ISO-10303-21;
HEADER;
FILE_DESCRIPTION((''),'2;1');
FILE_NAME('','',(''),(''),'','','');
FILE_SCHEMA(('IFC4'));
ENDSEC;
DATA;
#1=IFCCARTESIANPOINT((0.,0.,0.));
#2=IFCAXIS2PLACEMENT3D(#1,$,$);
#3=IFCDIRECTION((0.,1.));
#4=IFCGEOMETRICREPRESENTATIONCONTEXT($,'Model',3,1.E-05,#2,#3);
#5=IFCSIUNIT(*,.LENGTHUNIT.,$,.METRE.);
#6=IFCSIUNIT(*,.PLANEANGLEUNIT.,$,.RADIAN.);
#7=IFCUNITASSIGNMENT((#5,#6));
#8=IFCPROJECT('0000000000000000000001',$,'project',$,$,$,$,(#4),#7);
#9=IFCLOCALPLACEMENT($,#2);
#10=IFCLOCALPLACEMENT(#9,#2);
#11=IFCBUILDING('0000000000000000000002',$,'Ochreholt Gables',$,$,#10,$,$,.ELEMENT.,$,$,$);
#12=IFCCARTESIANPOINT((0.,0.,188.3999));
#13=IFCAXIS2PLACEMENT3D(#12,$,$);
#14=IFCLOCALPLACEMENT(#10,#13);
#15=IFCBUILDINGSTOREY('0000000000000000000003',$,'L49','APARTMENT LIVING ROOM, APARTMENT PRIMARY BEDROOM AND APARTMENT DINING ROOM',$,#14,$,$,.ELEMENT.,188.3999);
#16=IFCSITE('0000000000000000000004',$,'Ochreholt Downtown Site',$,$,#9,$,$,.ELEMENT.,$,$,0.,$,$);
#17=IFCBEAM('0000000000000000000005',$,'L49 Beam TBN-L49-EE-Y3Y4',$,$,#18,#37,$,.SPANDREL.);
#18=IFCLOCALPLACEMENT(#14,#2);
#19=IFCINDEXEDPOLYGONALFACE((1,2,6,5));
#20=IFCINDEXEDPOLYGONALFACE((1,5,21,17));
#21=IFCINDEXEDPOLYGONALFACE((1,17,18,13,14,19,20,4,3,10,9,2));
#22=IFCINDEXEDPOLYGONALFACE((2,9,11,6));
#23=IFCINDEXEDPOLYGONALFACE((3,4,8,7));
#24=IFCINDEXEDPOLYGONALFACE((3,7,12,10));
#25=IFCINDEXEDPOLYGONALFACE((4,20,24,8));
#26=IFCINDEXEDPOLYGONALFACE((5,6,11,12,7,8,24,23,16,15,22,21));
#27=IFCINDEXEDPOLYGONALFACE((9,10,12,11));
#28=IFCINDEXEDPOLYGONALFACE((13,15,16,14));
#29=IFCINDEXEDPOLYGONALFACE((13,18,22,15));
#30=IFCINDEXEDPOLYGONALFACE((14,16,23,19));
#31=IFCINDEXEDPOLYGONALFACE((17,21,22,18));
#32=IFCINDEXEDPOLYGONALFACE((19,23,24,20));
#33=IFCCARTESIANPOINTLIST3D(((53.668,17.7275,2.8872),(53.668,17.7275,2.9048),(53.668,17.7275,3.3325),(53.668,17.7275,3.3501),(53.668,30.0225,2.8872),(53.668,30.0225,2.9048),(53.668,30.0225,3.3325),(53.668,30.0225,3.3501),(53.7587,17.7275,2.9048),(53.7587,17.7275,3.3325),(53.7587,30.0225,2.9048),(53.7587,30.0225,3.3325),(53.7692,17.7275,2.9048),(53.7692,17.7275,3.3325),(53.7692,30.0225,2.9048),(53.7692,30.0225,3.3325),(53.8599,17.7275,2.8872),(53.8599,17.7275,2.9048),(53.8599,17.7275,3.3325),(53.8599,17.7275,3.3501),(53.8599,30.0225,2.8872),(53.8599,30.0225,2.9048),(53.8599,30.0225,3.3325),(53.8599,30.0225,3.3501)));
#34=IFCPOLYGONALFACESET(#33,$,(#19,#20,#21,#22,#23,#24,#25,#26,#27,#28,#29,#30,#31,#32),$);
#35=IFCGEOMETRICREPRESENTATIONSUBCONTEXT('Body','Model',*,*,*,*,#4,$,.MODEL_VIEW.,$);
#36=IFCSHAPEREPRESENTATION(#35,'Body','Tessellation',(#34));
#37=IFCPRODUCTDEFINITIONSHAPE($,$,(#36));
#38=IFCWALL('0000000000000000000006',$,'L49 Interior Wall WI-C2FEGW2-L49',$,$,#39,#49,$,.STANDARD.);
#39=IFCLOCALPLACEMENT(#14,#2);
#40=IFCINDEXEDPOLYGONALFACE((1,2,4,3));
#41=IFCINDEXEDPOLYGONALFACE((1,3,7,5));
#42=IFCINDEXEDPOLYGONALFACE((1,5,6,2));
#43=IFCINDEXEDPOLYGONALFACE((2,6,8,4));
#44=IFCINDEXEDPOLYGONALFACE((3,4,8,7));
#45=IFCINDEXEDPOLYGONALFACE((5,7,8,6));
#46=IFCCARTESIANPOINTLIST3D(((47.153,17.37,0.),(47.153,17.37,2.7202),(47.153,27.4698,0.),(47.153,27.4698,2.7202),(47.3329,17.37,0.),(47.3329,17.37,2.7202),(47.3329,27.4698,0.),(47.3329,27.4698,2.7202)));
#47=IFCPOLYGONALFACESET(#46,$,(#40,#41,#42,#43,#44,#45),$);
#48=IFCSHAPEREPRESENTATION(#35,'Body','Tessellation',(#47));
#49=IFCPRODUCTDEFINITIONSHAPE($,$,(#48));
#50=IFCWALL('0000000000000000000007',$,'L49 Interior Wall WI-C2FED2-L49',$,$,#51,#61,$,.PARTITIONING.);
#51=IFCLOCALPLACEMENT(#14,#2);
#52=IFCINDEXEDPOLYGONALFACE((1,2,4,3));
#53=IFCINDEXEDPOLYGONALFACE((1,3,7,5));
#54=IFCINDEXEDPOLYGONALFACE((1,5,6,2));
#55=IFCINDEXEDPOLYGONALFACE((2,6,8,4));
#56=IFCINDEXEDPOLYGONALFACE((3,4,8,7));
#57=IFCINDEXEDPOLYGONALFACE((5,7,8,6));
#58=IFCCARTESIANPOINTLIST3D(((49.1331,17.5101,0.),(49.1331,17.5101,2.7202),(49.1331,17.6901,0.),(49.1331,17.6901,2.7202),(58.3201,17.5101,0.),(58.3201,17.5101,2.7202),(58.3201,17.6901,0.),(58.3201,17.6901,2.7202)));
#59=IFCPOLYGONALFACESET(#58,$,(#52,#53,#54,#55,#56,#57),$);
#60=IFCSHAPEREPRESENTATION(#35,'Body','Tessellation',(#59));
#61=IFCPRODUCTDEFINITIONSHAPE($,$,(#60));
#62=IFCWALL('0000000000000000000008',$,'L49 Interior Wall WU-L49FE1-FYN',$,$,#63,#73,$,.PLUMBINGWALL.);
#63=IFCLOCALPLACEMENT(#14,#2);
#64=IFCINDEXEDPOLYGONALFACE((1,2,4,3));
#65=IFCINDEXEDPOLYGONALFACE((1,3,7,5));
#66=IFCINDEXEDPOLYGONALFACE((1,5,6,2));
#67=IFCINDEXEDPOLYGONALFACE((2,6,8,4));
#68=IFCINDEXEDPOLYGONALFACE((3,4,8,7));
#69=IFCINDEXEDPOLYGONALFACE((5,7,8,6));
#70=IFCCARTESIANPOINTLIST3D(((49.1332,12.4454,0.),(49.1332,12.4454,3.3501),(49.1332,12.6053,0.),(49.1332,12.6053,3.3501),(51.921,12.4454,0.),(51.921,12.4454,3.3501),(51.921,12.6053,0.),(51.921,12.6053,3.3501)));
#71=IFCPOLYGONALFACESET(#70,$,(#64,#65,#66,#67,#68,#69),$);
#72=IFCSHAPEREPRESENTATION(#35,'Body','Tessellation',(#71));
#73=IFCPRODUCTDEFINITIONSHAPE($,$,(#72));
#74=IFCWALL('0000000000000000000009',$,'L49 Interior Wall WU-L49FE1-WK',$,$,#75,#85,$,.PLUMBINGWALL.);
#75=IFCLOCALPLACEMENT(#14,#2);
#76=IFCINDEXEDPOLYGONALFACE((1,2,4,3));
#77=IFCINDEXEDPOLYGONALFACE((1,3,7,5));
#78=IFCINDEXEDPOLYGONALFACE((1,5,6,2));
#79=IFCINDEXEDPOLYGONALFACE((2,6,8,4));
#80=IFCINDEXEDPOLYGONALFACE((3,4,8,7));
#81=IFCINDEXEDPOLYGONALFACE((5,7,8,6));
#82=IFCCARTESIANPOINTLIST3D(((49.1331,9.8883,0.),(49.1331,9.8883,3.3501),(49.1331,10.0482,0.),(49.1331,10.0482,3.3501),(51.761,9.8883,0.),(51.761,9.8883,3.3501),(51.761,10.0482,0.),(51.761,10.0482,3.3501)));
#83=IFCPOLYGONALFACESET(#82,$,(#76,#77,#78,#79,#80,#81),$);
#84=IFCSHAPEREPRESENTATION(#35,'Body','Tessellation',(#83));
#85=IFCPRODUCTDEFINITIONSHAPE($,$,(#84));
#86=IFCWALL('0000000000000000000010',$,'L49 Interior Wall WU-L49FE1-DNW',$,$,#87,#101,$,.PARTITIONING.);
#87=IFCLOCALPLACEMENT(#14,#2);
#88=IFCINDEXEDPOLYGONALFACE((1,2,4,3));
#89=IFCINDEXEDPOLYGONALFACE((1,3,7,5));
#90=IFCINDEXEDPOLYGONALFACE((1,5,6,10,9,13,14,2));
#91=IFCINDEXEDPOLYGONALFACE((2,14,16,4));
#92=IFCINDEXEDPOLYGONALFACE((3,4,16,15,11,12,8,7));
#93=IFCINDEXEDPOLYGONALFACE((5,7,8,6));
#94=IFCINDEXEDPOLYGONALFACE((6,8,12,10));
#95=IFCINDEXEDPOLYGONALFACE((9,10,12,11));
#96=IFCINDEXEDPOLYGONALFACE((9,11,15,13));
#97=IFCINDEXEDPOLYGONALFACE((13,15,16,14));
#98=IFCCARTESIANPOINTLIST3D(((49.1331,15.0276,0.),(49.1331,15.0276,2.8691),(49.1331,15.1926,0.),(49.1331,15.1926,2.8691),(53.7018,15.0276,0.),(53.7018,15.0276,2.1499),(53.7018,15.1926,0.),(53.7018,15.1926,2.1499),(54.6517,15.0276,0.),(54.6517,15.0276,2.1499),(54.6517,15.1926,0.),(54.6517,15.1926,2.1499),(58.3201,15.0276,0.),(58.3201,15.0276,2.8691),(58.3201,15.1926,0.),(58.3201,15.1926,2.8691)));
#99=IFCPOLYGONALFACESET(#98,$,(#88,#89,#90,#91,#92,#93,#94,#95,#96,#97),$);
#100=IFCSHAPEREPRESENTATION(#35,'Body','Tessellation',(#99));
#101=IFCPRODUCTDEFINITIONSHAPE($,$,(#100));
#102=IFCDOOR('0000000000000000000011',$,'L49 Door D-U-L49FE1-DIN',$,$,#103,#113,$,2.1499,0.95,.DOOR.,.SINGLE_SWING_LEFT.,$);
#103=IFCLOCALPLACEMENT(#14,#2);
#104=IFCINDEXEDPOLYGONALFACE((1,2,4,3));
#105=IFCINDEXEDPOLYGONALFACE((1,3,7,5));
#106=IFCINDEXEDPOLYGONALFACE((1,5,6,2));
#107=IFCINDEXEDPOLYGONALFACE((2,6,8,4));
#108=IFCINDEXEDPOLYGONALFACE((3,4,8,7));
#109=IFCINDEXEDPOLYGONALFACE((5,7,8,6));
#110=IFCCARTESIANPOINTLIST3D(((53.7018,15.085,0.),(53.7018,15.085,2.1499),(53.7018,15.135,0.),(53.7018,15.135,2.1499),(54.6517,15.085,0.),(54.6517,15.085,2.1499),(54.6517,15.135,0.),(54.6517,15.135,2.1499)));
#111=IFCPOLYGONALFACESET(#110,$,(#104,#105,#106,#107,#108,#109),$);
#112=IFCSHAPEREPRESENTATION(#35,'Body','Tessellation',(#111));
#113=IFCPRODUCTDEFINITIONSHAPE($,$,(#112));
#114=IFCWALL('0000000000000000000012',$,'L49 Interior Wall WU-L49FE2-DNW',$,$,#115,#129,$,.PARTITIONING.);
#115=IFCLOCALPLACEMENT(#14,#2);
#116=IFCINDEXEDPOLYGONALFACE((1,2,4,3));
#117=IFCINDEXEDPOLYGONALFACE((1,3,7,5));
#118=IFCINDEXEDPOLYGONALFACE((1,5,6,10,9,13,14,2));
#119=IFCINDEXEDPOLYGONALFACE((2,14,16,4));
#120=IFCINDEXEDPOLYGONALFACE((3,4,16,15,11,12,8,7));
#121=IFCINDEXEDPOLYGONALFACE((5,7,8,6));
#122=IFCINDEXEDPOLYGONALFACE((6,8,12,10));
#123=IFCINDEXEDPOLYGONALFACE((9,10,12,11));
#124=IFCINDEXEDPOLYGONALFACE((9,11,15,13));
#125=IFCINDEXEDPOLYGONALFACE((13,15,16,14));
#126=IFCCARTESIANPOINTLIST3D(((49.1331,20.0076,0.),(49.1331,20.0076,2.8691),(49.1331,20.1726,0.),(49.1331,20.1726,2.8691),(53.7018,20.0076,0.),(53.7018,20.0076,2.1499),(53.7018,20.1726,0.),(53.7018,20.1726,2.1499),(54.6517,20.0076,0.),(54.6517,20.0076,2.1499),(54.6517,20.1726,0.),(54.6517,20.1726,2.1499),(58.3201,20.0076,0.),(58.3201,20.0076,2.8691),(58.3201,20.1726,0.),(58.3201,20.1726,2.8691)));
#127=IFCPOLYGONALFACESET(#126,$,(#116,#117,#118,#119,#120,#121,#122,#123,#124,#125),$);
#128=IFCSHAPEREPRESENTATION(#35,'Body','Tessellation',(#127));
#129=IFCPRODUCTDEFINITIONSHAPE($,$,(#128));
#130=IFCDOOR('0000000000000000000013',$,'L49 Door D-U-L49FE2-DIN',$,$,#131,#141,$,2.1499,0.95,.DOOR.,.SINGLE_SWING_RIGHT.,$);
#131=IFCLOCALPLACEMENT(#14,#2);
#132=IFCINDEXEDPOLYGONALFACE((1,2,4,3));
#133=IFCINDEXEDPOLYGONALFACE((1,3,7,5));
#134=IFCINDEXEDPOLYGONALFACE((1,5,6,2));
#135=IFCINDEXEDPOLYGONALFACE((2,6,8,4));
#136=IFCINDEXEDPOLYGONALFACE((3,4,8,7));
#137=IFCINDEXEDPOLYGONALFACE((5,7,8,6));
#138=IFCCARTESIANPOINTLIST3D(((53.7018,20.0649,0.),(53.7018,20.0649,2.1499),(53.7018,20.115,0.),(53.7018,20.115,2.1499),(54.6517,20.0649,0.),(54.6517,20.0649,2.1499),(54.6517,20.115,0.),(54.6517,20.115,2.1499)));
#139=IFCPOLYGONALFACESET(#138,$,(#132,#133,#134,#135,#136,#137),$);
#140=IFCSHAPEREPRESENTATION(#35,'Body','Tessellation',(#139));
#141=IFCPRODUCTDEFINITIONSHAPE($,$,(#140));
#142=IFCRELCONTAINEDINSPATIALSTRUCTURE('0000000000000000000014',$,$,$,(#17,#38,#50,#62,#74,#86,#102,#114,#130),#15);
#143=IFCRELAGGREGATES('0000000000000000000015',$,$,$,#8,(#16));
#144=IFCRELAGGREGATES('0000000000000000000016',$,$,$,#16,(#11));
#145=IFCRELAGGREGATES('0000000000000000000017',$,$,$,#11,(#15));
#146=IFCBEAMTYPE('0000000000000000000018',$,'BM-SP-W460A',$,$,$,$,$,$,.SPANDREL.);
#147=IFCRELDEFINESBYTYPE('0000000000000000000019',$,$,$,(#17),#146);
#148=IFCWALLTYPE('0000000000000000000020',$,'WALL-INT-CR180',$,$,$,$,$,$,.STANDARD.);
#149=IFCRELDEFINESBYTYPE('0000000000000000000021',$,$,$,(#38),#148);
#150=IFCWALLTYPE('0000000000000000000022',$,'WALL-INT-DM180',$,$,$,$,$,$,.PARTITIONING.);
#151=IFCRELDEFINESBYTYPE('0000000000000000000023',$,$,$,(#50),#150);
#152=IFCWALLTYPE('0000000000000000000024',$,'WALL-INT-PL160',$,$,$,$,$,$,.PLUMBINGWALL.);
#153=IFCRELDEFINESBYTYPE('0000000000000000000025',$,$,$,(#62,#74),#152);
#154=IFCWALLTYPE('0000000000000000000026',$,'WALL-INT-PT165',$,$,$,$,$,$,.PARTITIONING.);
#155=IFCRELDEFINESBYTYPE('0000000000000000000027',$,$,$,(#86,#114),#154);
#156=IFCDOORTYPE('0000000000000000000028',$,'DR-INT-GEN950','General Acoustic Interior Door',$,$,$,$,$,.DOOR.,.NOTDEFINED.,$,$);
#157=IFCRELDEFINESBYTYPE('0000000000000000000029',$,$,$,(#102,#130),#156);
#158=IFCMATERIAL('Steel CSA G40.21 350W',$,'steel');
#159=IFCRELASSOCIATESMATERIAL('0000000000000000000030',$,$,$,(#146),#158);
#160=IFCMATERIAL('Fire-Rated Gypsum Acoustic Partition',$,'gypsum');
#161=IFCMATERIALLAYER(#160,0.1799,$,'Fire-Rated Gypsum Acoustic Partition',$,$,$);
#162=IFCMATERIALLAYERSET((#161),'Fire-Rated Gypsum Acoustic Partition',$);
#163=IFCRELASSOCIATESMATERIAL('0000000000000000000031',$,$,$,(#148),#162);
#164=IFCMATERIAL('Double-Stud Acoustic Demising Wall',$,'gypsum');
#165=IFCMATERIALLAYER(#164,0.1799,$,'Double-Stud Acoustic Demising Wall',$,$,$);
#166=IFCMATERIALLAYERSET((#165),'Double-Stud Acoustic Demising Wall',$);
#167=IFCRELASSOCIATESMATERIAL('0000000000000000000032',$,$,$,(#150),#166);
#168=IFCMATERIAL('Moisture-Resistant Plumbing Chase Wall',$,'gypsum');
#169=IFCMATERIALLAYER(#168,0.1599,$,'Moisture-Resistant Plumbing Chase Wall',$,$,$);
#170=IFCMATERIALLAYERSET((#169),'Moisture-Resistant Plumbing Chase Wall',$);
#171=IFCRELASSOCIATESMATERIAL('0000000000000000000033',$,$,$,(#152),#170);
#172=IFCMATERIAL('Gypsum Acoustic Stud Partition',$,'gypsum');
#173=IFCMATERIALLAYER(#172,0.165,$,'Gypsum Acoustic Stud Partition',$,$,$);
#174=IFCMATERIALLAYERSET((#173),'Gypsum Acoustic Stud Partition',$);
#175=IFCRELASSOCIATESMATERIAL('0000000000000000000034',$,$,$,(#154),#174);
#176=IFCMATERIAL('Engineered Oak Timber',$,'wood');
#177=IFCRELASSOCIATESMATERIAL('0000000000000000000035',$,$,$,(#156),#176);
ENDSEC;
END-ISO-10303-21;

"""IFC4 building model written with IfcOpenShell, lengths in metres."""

from ifc_helpers import new_model, si_unit, direction, frame, frame_2d, origin, origin_2d, place, context, subcontext, project, spatial, rectangle, i_section, extrude, material, layer, layer_set, material_profile, profile_set, type_object, element, fill, save


model = new_model("IFC4")

# Units and contexts
model_context = context("Model", 3, precision=1e-05, world=origin(), true_north=direction((0.0, 1.0)))
body_context = subcontext(model_context, "Body", "Model", "MODEL_VIEW")
ifc_project = project(units=[si_unit("LENGTHUNIT", "METRE"), si_unit("PLANEANGLEUNIT", "RADIAN")], contexts=[model_context])

# Site, building, storey
site_placement = place(None, origin())
site = spatial("IfcSite", under=ifc_project, at=site_placement, Name="Ochreholt Downtown Site", CompositionType="ELEMENT", RefElevation=0.0)
building_placement = place(site_placement, origin())
building = spatial("IfcBuilding", under=site, at=building_placement, Name="Ochreholt Gables", CompositionType="ELEMENT")
storey_placement = place(building_placement, frame((0.0, 0.0, 188.3999)))
storey = spatial("IfcBuildingStorey", under=building, at=storey_placement, Name="L49", Description="APARTMENT LIVING ROOM, APARTMENT PRIMARY BEDROOM AND APARTMENT DINING ROOM", CompositionType="ELEMENT", Elevation=188.3999)

# Shared definitions
ifc_material_1 = material(Name="Steel CSA G40.21 350W", Category="steel")

# Beam
ifc_material_profile_1 = material_profile(ifc_material_1, i_section(OverallWidth=0.1919, OverallDepth=0.4629, WebThickness=0.0105, FlangeThickness=0.0176, at=origin_2d()), Name="W460X89")
ifc_profile_set_1 = profile_set([ifc_material_profile_1], Name="Steel CSA G40.21 350W")
beam_type_1 = type_object("IfcBeamType", Name="BM-SP-W460A", PredefinedType="SPANDREL", material=ifc_profile_set_1)
beam_1_placement = place(storey_placement, frame((53.7639, 17.7275, 3.1187), z_axis=(0.0, 1.0, 0.0), x_axis=(-1.0, 0.0, 0.0)))
element("IfcBeam", 1, at=beam_1_placement, inside=storey, type_object=beam_type_1, Name="L49 Beam TBN-L49-EE-Y3Y4", PredefinedType="SPANDREL", context=body_context, shape_type="SweptSolid", body=[
    extrude(i_section(OverallWidth=0.1919, OverallDepth=0.4629, WebThickness=0.0105, FlangeThickness=0.0176, at=origin_2d()), origin(), (0.0, 0.0, 1.0), 12.2949),
])

# Walls
ifc_material_2 = material(Name="Fire-Rated Gypsum Acoustic Partition", Category="gypsum")
ifc_layer_1 = layer(ifc_material_2, 0.1799, Name="Fire-Rated Gypsum Acoustic Partition")
ifc_layer_set_1 = layer_set([ifc_layer_1], Name="Fire-Rated Gypsum Acoustic Partition")
wall_type_1 = type_object("IfcWallType", Name="WALL-INT-CR180", PredefinedType="STANDARD", material=ifc_layer_set_1)
wall_1_placement = place(storey_placement, frame((47.2429, 17.3701, 0.0), z_axis=(0.0, 0.0, 1.0), x_axis=(0.0, 1.0, 0.0)))
element("IfcWall", 2, at=wall_1_placement, inside=storey, type_object=wall_type_1, Name="L49 Interior Wall WI-C2FEGW2-L49", PredefinedType="STANDARD", context=body_context, shape_type="SweptSolid", body=[
    extrude(rectangle(XDim=10.0999, YDim=0.1799, at=frame_2d((5.0498, 0.0))), origin(), (0.0, 0.0, 1.0), 2.7202),
])
ifc_material_3 = material(Name="Double-Stud Acoustic Demising Wall", Category="gypsum")
ifc_layer_2 = layer(ifc_material_3, 0.1799, Name="Double-Stud Acoustic Demising Wall")
ifc_layer_set_2 = layer_set([ifc_layer_2], Name="Double-Stud Acoustic Demising Wall")
wall_type_2 = type_object("IfcWallType", Name="WALL-INT-DM180", PredefinedType="PARTITIONING", material=ifc_layer_set_2)
wall_2_placement = place(storey_placement, frame((49.1331, 17.6001, 0.0), z_axis=(0.0, 0.0, 1.0), x_axis=(1.0, 0.0, 0.0)))
element("IfcWall", 3, at=wall_2_placement, inside=storey, type_object=wall_type_2, Name="L49 Interior Wall WI-C2FED2-L49", PredefinedType="PARTITIONING", context=body_context, shape_type="SweptSolid", body=[
    extrude(rectangle(XDim=9.187, YDim=0.1799, at=frame_2d((4.5935, 0.0))), origin(), (0.0, 0.0, 1.0), 2.7202),
])
ifc_material_4 = material(Name="Moisture-Resistant Plumbing Chase Wall", Category="gypsum")
ifc_layer_3 = layer(ifc_material_4, 0.1599, Name="Moisture-Resistant Plumbing Chase Wall")
ifc_layer_set_3 = layer_set([ifc_layer_3], Name="Moisture-Resistant Plumbing Chase Wall")
wall_type_3 = type_object("IfcWallType", Name="WALL-INT-PL160", PredefinedType="PLUMBINGWALL", material=ifc_layer_set_3)
wall_3_placement = place(storey_placement, frame((49.1331, 12.5254, 0.0), z_axis=(0.0, 0.0, 1.0), x_axis=(1.0, 0.0, 0.0)))
element("IfcWall", 4, at=wall_3_placement, inside=storey, type_object=wall_type_3, Name="L49 Interior Wall WU-L49FE1-FYN", PredefinedType="PLUMBINGWALL", context=body_context, shape_type="SweptSolid", body=[
    extrude(rectangle(XDim=2.7878, YDim=0.1599, at=frame_2d((1.394, 0.0))), origin(), (0.0, 0.0, 1.0), 3.3501),
])
wall_4_placement = place(storey_placement, frame((49.1331, 9.9683, 0.0), z_axis=(0.0, 0.0, 1.0), x_axis=(1.0, 0.0, 0.0)))
element("IfcWall", 5, at=wall_4_placement, inside=storey, type_object=wall_type_3, Name="L49 Interior Wall WU-L49FE1-WK", PredefinedType="PLUMBINGWALL", context=body_context, shape_type="SweptSolid", body=[
    extrude(rectangle(XDim=2.6279, YDim=0.1599, at=frame_2d((1.314, 0.0))), origin(), (0.0, 0.0, 1.0), 3.3501),
])

# Walls, openings, doors
ifc_material_5 = material(Name="Gypsum Acoustic Stud Partition", Category="gypsum")
ifc_layer_4 = layer(ifc_material_5, 0.165, Name="Gypsum Acoustic Stud Partition")
ifc_layer_set_4 = layer_set([ifc_layer_4], Name="Gypsum Acoustic Stud Partition")
wall_type_4 = type_object("IfcWallType", Name="WALL-INT-PT165", PredefinedType="PARTITIONING", material=ifc_layer_set_4)
wall_5_placement = place(storey_placement, frame((49.1331, 15.1101, 0.0), z_axis=(0.0, 0.0, 1.0), x_axis=(1.0, 0.0, 0.0)))
wall_5 = element("IfcWall", 6, at=wall_5_placement, inside=storey, type_object=wall_type_4, Name="L49 Interior Wall WU-L49FE1-DNW", PredefinedType="PARTITIONING", context=body_context, shape_type="SweptSolid", body=[
    extrude(rectangle(XDim=9.187, YDim=0.165, at=frame_2d((4.5935, 0.0))), origin(), (0.0, 0.0, 1.0), 2.8691),
])
opening_1_placement = place(wall_5_placement, frame((4.5686, 0.0, 0.0)))
opening_1 = element("IfcOpeningElement", 7, at=opening_1_placement, cuts=wall_5, PredefinedType="OPENING", context=body_context, shape_type="SweptSolid", body=[
    extrude(rectangle(XDim=0.95, YDim=2.1499, at=frame_2d((0.4751, 1.075))), frame((0.0, 0.0925, 0.0), z_axis=(0.0, -1.0, 0.0), x_axis=(1.0, 0.0, 0.0)), (0.0, 0.0, 1.0), 0.1851),
])
ifc_material_6 = material(Name="Engineered Oak Timber", Category="wood")
door_type = type_object("IfcDoorType", Name="DR-INT-GEN950", Description="General Acoustic Interior Door", OperationType="NOTDEFINED", PredefinedType="DOOR", material=ifc_material_6)
door_1_placement = place(opening_1_placement, origin())
door_1 = element("IfcDoor", 8, at=door_1_placement, inside=storey, type_object=door_type, Name="L49 Door D-U-L49FE1-DIN", OperationType="SINGLE_SWING_LEFT", OverallHeight=2.1499, OverallWidth=0.95, PredefinedType="DOOR", context=body_context, shape_type="SweptSolid", body=[
    extrude(rectangle(XDim=0.95, YDim=2.1499, at=frame_2d((0.4751, 1.075))), frame((0.0, 0.0249, 0.0), z_axis=(0.0, -1.0, 0.0), x_axis=(1.0, 0.0, 0.0)), (0.0, 0.0, 1.0), 0.05),
])
fill(opening_1, door_1)
wall_6_placement = place(storey_placement, frame((49.1331, 20.0901, 0.0), z_axis=(0.0, 0.0, 1.0), x_axis=(1.0, 0.0, 0.0)))
wall_6 = element("IfcWall", 9, at=wall_6_placement, inside=storey, type_object=wall_type_4, Name="L49 Interior Wall WU-L49FE2-DNW", PredefinedType="PARTITIONING", context=body_context, shape_type="SweptSolid", body=[
    extrude(rectangle(XDim=9.187, YDim=0.165, at=frame_2d((4.5935, 0.0))), origin(), (0.0, 0.0, 1.0), 2.8691),
])
opening_2_placement = place(wall_6_placement, frame((4.5686, 0.0, 0.0)))
opening_2 = element("IfcOpeningElement", 10, at=opening_2_placement, cuts=wall_6, PredefinedType="OPENING", context=body_context, shape_type="SweptSolid", body=[
    extrude(rectangle(XDim=0.95, YDim=2.1499, at=frame_2d((0.4751, 1.075))), frame((0.0, 0.0925, 0.0), z_axis=(0.0, -1.0, 0.0), x_axis=(1.0, 0.0, 0.0)), (0.0, 0.0, 1.0), 0.1851),
])
door_2_placement = place(opening_2_placement, origin())
door_2 = element("IfcDoor", 11, at=door_2_placement, inside=storey, type_object=door_type, Name="L49 Door D-U-L49FE2-DIN", OperationType="SINGLE_SWING_RIGHT", OverallHeight=2.1499, OverallWidth=0.95, PredefinedType="DOOR", context=body_context, shape_type="SweptSolid", body=[
    extrude(rectangle(XDim=0.95, YDim=2.1499, at=frame_2d((0.4751, 1.075))), frame((0.0, 0.0249, 0.0), z_axis=(0.0, -1.0, 0.0), x_axis=(1.0, 0.0, 0.0)), (0.0, 0.0, 1.0), 0.05),
])
fill(opening_2, door_2)

save(model, "model.ifc")
